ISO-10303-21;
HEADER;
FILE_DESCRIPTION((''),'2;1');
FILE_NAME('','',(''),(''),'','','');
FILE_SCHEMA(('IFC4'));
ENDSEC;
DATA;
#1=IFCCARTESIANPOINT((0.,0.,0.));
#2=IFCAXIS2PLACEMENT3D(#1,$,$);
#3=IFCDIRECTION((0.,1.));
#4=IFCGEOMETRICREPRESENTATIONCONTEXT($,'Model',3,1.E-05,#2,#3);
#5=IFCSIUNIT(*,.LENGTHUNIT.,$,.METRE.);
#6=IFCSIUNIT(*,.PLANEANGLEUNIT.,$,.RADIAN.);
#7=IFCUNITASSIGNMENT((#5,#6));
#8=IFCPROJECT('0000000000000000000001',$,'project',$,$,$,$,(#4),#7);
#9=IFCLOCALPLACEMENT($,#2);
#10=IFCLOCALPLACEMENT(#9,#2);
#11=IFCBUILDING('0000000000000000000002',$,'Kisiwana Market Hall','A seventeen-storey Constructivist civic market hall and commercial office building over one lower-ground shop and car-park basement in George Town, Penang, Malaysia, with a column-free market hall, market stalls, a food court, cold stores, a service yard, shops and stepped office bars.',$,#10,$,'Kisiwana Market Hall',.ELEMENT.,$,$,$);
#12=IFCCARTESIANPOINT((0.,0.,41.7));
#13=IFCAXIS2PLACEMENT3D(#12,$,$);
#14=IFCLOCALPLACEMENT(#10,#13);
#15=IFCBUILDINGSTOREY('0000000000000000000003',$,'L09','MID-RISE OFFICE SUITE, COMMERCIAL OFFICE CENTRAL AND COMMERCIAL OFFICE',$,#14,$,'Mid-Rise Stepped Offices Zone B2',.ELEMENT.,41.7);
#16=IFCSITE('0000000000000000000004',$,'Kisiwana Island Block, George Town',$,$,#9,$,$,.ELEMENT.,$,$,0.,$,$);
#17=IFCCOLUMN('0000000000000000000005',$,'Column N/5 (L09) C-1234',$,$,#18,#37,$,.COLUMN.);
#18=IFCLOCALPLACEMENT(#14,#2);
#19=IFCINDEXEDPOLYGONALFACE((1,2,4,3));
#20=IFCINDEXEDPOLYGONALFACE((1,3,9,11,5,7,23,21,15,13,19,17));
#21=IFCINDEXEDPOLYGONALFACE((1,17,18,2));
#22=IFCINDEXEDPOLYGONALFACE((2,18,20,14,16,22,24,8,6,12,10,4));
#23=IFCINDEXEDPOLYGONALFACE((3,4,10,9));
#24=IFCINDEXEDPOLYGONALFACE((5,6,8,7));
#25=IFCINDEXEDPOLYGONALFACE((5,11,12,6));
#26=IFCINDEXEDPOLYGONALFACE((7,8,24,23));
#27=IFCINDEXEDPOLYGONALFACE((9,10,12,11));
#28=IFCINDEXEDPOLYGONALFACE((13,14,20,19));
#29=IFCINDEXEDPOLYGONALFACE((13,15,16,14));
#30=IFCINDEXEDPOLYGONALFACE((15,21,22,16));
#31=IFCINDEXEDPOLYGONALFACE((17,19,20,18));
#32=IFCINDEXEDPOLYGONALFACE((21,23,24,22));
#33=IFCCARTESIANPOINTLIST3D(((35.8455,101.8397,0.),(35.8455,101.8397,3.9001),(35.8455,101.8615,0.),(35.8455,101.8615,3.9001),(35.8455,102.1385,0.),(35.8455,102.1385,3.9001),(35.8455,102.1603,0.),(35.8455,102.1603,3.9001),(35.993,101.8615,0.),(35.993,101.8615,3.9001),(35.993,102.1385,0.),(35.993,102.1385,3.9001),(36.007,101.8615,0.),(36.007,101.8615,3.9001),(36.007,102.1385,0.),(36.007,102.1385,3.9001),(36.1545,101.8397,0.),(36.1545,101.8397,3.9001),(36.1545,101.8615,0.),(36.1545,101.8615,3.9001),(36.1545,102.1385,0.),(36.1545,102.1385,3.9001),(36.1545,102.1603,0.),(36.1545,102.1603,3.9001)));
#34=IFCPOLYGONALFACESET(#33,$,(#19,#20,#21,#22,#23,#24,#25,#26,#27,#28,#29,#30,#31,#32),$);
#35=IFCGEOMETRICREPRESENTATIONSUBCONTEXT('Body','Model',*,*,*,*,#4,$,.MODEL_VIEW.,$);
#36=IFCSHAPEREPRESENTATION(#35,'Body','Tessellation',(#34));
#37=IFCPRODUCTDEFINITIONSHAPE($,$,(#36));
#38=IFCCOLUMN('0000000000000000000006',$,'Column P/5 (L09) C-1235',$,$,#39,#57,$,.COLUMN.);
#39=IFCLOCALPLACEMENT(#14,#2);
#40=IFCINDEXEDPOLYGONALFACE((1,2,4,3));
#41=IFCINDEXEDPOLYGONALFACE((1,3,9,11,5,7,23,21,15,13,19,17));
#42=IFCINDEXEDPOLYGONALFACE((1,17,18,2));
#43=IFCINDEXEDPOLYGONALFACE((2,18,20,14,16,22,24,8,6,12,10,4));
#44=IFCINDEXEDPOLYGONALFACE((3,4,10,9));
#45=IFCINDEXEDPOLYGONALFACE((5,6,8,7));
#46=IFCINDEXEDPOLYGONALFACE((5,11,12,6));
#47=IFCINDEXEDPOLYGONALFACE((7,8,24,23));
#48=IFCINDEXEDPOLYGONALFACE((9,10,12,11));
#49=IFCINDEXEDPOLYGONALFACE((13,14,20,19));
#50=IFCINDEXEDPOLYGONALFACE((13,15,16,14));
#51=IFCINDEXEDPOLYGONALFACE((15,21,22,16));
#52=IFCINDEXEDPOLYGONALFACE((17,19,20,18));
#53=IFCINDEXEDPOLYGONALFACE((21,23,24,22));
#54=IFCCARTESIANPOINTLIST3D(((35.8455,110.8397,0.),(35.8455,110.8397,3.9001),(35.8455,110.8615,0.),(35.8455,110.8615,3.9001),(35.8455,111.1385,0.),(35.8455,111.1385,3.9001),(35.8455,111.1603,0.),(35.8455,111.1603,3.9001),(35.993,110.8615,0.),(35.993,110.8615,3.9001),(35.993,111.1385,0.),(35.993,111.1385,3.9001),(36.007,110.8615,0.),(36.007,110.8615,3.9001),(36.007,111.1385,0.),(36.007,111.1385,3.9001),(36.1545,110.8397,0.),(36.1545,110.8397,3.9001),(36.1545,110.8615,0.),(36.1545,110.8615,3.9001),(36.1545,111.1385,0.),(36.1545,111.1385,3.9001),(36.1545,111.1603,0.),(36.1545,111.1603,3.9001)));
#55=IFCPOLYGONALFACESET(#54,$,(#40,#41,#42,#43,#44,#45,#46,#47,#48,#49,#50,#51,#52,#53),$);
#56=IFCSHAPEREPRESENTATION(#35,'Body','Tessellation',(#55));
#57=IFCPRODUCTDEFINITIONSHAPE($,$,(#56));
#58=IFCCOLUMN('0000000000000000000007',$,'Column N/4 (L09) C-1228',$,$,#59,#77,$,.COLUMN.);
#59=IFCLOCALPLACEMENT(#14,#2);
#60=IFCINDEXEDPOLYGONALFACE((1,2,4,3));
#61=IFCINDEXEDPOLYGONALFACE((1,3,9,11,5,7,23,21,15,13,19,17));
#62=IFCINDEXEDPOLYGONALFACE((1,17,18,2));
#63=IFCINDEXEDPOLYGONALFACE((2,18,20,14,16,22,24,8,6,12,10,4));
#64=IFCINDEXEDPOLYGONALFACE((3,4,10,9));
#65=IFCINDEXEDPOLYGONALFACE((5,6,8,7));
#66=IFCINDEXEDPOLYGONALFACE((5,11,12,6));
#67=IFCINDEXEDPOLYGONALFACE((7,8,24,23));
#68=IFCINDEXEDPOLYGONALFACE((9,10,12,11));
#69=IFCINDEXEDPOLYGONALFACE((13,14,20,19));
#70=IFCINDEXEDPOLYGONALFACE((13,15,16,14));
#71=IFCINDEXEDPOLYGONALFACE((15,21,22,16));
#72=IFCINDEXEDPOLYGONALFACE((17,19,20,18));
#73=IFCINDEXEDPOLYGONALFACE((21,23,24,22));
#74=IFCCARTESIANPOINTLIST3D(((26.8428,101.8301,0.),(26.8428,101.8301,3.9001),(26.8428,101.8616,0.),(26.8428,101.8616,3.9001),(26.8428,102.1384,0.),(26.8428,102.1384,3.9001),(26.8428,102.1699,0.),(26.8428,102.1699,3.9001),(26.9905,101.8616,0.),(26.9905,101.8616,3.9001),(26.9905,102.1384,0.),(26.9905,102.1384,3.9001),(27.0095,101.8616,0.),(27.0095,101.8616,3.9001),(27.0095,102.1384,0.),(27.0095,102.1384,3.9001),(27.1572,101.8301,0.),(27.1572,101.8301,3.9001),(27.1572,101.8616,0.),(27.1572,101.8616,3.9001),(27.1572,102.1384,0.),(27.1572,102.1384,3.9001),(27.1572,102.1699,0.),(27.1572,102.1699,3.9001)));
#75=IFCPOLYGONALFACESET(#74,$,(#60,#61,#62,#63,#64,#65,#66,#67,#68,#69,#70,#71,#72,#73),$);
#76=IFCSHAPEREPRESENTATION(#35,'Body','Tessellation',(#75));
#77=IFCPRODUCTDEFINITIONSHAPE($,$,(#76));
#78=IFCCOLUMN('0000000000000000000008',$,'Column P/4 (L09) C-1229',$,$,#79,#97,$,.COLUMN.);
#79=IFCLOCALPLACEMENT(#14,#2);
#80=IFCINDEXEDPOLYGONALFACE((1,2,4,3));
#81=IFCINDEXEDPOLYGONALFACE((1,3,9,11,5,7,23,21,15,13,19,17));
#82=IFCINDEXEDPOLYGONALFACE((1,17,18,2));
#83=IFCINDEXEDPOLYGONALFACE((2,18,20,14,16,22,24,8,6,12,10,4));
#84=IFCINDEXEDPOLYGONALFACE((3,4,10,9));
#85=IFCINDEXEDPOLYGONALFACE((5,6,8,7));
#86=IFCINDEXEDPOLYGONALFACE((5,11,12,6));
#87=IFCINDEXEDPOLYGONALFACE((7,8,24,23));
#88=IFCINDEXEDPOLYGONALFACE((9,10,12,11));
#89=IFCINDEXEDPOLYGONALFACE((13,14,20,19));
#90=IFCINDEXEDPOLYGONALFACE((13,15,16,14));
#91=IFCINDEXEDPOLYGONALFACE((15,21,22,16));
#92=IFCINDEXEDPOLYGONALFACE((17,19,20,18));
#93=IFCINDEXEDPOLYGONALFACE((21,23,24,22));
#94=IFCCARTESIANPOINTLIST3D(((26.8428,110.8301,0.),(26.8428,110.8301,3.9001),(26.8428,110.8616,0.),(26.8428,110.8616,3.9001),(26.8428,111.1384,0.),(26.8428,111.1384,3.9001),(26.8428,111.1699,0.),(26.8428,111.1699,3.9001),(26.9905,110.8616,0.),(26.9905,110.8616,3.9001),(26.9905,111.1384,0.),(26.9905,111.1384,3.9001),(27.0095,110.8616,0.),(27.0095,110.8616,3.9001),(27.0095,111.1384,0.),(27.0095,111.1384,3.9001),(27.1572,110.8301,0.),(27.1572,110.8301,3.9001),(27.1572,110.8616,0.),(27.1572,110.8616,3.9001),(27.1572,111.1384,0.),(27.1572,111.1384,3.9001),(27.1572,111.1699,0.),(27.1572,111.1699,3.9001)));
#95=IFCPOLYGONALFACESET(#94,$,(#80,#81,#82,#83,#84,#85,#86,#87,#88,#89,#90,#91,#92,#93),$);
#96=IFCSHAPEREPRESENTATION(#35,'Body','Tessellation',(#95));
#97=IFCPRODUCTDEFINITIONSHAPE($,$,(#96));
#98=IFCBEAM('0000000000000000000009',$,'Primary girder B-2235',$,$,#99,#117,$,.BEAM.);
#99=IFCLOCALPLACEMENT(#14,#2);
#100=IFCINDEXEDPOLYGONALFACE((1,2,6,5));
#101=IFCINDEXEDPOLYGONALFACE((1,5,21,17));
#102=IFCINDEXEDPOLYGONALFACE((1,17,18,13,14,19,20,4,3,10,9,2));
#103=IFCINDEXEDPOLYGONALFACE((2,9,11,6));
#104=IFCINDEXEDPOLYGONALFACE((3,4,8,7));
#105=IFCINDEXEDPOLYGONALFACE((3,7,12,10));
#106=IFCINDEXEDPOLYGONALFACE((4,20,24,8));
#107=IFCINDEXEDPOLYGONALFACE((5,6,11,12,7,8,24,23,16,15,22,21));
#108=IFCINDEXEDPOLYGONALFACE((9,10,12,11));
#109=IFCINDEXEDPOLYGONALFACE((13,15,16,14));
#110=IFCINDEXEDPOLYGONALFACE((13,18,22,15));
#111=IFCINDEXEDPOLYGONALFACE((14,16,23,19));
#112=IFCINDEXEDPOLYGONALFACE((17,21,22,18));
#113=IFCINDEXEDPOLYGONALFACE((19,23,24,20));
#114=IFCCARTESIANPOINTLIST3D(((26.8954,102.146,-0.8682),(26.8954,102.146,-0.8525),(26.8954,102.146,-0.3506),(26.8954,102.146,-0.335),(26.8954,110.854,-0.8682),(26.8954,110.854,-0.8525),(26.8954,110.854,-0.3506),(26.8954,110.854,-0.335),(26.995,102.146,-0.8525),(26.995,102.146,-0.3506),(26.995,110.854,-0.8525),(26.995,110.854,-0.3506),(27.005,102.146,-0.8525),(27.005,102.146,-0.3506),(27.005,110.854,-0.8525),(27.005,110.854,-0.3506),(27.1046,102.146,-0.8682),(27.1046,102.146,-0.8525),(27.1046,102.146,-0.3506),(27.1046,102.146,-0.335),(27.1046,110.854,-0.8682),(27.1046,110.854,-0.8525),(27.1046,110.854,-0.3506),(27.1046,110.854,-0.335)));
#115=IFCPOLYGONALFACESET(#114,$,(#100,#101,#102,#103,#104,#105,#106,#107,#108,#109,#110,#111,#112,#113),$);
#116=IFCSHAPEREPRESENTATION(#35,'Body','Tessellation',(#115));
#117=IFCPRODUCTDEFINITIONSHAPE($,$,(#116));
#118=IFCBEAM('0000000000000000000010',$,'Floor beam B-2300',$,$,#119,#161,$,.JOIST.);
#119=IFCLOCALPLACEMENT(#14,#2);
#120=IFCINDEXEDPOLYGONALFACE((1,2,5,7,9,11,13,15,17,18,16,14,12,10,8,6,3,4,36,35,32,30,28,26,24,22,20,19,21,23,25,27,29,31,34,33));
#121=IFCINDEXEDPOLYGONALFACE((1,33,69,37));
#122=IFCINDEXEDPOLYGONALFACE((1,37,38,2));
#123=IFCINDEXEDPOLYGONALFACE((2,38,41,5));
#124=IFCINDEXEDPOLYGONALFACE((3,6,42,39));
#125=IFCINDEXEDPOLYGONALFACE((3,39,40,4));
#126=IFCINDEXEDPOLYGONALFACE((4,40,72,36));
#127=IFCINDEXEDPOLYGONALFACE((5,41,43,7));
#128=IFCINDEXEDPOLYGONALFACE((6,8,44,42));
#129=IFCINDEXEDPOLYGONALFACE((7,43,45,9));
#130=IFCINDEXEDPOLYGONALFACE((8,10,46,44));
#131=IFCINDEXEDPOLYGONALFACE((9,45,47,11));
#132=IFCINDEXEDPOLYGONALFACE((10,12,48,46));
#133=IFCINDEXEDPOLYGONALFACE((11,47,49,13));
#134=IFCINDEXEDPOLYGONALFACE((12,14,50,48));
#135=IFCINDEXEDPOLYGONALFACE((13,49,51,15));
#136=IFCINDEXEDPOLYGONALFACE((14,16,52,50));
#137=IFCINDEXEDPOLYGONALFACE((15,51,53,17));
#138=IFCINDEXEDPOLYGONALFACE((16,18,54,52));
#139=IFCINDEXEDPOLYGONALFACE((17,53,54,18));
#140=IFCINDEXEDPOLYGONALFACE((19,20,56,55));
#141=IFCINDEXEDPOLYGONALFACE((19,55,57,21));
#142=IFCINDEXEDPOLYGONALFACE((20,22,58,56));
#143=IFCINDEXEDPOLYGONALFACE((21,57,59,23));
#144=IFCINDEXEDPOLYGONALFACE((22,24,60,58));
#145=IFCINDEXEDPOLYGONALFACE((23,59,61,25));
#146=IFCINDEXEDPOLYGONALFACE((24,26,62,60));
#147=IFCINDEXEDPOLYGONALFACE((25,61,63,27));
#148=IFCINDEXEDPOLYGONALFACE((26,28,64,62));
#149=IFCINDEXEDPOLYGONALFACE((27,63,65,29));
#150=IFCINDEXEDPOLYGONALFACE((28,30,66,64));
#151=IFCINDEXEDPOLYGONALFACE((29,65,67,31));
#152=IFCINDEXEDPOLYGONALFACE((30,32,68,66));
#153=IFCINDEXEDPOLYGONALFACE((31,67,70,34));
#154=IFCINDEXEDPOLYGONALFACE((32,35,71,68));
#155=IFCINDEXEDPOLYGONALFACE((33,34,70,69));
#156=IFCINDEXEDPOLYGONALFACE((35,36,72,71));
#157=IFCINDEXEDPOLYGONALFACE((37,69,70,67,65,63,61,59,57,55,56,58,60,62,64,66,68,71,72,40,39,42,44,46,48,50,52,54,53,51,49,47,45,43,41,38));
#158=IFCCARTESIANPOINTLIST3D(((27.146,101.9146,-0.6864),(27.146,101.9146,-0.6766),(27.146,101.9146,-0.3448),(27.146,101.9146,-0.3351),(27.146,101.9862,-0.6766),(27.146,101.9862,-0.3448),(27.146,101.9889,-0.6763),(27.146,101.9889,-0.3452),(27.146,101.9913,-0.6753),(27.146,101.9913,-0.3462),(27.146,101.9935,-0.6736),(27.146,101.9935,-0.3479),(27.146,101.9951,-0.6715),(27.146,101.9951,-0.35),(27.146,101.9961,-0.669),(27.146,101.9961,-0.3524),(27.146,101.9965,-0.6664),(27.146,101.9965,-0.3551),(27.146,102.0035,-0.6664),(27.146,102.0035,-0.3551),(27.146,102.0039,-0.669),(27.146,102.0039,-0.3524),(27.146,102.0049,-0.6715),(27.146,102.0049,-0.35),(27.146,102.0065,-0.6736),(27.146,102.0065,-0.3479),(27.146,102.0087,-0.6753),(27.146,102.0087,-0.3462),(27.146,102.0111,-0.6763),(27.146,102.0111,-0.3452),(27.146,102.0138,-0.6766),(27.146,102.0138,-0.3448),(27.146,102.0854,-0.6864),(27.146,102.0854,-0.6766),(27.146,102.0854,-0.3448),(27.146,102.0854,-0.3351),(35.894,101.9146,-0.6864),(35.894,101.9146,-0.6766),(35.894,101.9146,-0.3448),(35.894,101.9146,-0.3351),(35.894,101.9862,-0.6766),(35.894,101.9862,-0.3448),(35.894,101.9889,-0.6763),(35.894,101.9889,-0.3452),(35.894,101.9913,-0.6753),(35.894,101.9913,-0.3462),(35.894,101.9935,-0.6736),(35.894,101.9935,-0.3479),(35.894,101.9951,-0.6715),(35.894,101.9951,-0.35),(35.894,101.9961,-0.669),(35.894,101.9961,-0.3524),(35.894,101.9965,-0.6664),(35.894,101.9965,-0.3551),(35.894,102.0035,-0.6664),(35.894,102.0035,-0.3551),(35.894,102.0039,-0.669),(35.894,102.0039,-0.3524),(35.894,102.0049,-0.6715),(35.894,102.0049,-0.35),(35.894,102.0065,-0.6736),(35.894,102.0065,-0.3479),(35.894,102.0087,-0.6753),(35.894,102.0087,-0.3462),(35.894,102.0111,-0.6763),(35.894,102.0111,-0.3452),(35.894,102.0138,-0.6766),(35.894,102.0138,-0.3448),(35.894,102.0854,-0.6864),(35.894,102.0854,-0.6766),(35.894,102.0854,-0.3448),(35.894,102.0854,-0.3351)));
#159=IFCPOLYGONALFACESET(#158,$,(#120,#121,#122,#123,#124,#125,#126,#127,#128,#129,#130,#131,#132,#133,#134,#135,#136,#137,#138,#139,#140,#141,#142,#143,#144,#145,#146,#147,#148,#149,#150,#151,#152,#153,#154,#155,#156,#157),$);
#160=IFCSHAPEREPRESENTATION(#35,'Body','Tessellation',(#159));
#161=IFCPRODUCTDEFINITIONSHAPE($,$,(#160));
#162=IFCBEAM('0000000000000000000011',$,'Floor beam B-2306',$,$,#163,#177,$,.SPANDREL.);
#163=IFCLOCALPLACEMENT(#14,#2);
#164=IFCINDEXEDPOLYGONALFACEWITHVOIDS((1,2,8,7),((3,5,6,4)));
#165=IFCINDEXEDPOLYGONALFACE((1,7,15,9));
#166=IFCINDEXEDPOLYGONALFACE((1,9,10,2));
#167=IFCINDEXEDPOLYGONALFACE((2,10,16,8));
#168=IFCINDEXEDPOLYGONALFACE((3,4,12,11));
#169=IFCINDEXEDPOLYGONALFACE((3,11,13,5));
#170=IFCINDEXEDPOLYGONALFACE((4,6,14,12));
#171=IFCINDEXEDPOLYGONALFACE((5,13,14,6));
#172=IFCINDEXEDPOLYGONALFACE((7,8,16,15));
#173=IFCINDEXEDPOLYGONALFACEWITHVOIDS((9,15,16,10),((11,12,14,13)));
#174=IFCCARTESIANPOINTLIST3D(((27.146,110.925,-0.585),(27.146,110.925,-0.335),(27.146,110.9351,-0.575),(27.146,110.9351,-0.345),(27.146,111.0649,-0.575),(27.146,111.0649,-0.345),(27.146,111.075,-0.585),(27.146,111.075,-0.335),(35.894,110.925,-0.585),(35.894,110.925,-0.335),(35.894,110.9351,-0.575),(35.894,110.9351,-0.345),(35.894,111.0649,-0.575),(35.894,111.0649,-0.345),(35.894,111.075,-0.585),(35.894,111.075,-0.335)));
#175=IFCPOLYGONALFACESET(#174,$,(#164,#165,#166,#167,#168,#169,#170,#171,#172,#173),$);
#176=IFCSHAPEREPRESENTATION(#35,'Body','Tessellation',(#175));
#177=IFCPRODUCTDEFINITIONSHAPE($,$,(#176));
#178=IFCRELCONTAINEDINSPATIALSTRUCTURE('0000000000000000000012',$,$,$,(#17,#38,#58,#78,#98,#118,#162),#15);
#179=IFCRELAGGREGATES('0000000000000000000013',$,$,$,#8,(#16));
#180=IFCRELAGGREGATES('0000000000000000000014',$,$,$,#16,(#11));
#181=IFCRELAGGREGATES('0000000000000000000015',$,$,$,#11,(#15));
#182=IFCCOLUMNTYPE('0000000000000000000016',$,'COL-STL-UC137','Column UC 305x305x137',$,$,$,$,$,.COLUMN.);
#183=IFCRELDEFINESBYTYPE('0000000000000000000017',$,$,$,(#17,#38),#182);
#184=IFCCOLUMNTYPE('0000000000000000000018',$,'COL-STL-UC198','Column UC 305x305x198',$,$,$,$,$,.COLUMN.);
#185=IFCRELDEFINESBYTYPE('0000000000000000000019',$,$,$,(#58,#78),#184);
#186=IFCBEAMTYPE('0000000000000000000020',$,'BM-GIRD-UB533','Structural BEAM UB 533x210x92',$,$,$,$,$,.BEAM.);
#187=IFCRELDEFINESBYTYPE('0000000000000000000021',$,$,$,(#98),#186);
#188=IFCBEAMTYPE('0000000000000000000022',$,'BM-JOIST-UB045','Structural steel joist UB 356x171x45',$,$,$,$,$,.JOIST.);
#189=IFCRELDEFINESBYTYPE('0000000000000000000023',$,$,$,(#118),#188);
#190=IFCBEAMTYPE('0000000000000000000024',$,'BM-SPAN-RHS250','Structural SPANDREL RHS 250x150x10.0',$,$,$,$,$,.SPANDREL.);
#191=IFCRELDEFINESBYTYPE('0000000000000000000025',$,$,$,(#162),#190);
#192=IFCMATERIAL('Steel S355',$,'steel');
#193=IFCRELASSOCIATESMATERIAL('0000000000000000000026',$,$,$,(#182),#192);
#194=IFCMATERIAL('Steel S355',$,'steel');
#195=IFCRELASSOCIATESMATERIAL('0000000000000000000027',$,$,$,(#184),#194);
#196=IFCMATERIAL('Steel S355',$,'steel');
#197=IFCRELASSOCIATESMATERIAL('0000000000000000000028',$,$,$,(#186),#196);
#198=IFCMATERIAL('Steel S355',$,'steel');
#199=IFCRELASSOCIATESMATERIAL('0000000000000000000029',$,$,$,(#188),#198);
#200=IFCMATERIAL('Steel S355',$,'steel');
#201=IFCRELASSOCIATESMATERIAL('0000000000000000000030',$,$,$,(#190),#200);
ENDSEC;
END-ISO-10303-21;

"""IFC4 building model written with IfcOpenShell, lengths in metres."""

from ifc_helpers import new_model, si_unit, direction, frame, origin, origin_2d, place, context, subcontext, project, spatial, hollow_rectangle, i_section, extrude, material, material_profile, profile_set, type_object, element, save


model = new_model("IFC4")

# Units and contexts
model_context = context("Model", 3, precision=1e-05, world=origin(), true_north=direction((0.0, 1.0)))
body_context = subcontext(model_context, "Body", "Model", "MODEL_VIEW")
ifc_project = project(units=[si_unit("LENGTHUNIT", "METRE"), si_unit("PLANEANGLEUNIT", "RADIAN")], contexts=[model_context])

# Site, building, storey
site_placement = place(None, origin())
site = spatial("IfcSite", under=ifc_project, at=site_placement, Name="Kisiwana Island Block, George Town", CompositionType="ELEMENT", RefElevation=0.0)
building_placement = place(site_placement, origin())
building = spatial("IfcBuilding", under=site, at=building_placement, Name="Kisiwana Market Hall", Description="A seventeen-storey Constructivist civic market hall and commercial office building over one lower-ground shop and car-park basement in George Town, Penang, Malaysia, with a column-free market hall, market stalls, a food court, cold stores, a service yard, shops and stepped office bars.", LongName="Kisiwana Market Hall", CompositionType="ELEMENT")
storey_placement = place(building_placement, frame((0.0, 0.0, 41.7)))
storey = spatial("IfcBuildingStorey", under=building, at=storey_placement, Name="L09", Description="MID-RISE OFFICE SUITE, COMMERCIAL OFFICE CENTRAL AND COMMERCIAL OFFICE", LongName="Mid-Rise Stepped Offices Zone B2", CompositionType="ELEMENT", Elevation=41.7)

# Columns
ifc_material_1 = material(Name="Steel S355", Category="steel")
ifc_material_profile_1 = material_profile(ifc_material_1, i_section(OverallWidth=0.3091, OverallDepth=0.3206, WebThickness=0.0139, FlangeThickness=0.0217, at=origin_2d()), Name="UC 305x305x137")
ifc_profile_set_1 = profile_set([ifc_material_profile_1], Name="Steel S355")
column_type_1 = type_object("IfcColumnType", Name="COL-STL-UC137", Description="Column UC 305x305x137", PredefinedType="COLUMN", material=ifc_profile_set_1)
for number, where, z_axis, x_axis, name in (
    (1, (36.0, 102.0, 0.0), (0.0, 0.0, 1.0), (1.0, 0.0, 0.0), "Column N/5 (L09) C-1234"),
    (2, (36.0, 111.0, 0.0), (0.0, 0.0, 1.0), (1.0, 0.0, 0.0), "Column P/5 (L09) C-1235"),
):
    element("IfcColumn", number, at=place(storey_placement, frame(where, z_axis=z_axis, x_axis=x_axis)), inside=storey, type_object=column_type_1, Name=name, PredefinedType="COLUMN", context=body_context, shape_type="SweptSolid", body=[
        extrude(i_section(OverallWidth=0.3091, OverallDepth=0.3206, WebThickness=0.0139, FlangeThickness=0.0217, at=origin_2d()), origin(), (0.0, 0.0, 1.0), 3.9001),
    ])
ifc_material_2 = material(Name="Steel S355", Category="steel")
ifc_material_profile_2 = material_profile(ifc_material_2, i_section(OverallWidth=0.3145, OverallDepth=0.3398, WebThickness=0.019, FlangeThickness=0.0315, at=origin_2d()), Name="UC 305x305x198")
ifc_profile_set_2 = profile_set([ifc_material_profile_2], Name="Steel S355")
column_type_2 = type_object("IfcColumnType", Name="COL-STL-UC198", Description="Column UC 305x305x198", PredefinedType="COLUMN", material=ifc_profile_set_2)
for number, where, z_axis, x_axis, name in (
    (3, (27.0, 102.0, 0.0), (0.0, 0.0, 1.0), (1.0, 0.0, 0.0), "Column N/4 (L09) C-1228"),
    (4, (27.0, 111.0, 0.0), (0.0, 0.0, 1.0), (1.0, 0.0, 0.0), "Column P/4 (L09) C-1229"),
):
    element("IfcColumn", number, at=place(storey_placement, frame(where, z_axis=z_axis, x_axis=x_axis)), inside=storey, type_object=column_type_2, Name=name, PredefinedType="COLUMN", context=body_context, shape_type="SweptSolid", body=[
        extrude(i_section(OverallWidth=0.3145, OverallDepth=0.3398, WebThickness=0.019, FlangeThickness=0.0315, at=origin_2d()), origin(), (0.0, 0.0, 1.0), 3.9001),
    ])

# Beams
ifc_material_3 = material(Name="Steel S355", Category="steel")
ifc_material_profile_3 = material_profile(ifc_material_3, i_section(OverallWidth=0.2092, OverallDepth=0.5332, WebThickness=0.01, FlangeThickness=0.0156, at=origin_2d()), Name="UB 533x210x92")
ifc_profile_set_3 = profile_set([ifc_material_profile_3], Name="Steel S355")
beam_type_1 = type_object("IfcBeamType", Name="BM-GIRD-UB533", Description="Structural BEAM UB 533x210x92", PredefinedType="BEAM", material=ifc_profile_set_3)
beam_1_placement = place(storey_placement, frame((27.0, 102.146, -0.6016), z_axis=(0.0, 1.0, 0.0), x_axis=(-1.0, 0.0, 0.0)))
element("IfcBeam", 5, at=beam_1_placement, inside=storey, type_object=beam_type_1, Name="Primary girder B-2235", PredefinedType="BEAM", context=body_context, shape_type="SweptSolid", body=[
    extrude(i_section(OverallWidth=0.2092, OverallDepth=0.5332, WebThickness=0.01, FlangeThickness=0.0156, at=origin_2d()), origin(), (0.0, 0.0, 1.0), 8.708),
])
ifc_material_4 = material(Name="Steel S355", Category="steel")
ifc_material_profile_4 = material_profile(ifc_material_4, i_section(OverallWidth=0.1709, OverallDepth=0.3513, WebThickness=0.0071, FlangeThickness=0.0098, FilletRadius=0.0103, at=origin_2d()), Name="UB 356x171x45")
ifc_profile_set_4 = profile_set([ifc_material_profile_4], Name="Steel S355")
beam_type_2 = type_object("IfcBeamType", Name="BM-JOIST-UB045", Description="Structural steel joist UB 356x171x45", PredefinedType="JOIST", material=ifc_profile_set_4)
beam_2_placement = place(storey_placement, frame((27.146, 102.0, -0.5107), z_axis=(1.0, 0.0, 0.0), x_axis=(0.0, 1.0, 0.0)))
element("IfcBeam", 6, at=beam_2_placement, inside=storey, type_object=beam_type_2, Name="Floor beam B-2300", PredefinedType="JOIST", context=body_context, shape_type="SweptSolid", body=[
    extrude(i_section(OverallWidth=0.1709, OverallDepth=0.3513, WebThickness=0.0071, FlangeThickness=0.0098, FilletRadius=0.0103, at=origin_2d()), origin(), (0.0, 0.0, 1.0), 8.748),
])
ifc_material_5 = material(Name="Steel S355", Category="steel")
ifc_material_profile_5 = material_profile(ifc_material_5, hollow_rectangle(XDim=0.1499, YDim=0.25, WallThickness=0.01, at=origin_2d()), Name="RHS 250x150x10.0")
ifc_profile_set_5 = profile_set([ifc_material_profile_5], Name="Steel S355")
beam_type_3 = type_object("IfcBeamType", Name="BM-SPAN-RHS250", Description="Structural SPANDREL RHS 250x150x10.0", PredefinedType="SPANDREL", material=ifc_profile_set_5)
beam_3_placement = place(storey_placement, frame((27.146, 111.0, -0.46), z_axis=(1.0, 0.0, 0.0), x_axis=(0.0, 1.0, 0.0)))
element("IfcBeam", 7, at=beam_3_placement, inside=storey, type_object=beam_type_3, Name="Floor beam B-2306", PredefinedType="SPANDREL", context=body_context, shape_type="SweptSolid", body=[
    extrude(hollow_rectangle(XDim=0.1499, YDim=0.25, WallThickness=0.01, at=origin_2d()), origin(), (0.0, 0.0, 1.0), 8.748),
])

save(model, "model.ifc")
